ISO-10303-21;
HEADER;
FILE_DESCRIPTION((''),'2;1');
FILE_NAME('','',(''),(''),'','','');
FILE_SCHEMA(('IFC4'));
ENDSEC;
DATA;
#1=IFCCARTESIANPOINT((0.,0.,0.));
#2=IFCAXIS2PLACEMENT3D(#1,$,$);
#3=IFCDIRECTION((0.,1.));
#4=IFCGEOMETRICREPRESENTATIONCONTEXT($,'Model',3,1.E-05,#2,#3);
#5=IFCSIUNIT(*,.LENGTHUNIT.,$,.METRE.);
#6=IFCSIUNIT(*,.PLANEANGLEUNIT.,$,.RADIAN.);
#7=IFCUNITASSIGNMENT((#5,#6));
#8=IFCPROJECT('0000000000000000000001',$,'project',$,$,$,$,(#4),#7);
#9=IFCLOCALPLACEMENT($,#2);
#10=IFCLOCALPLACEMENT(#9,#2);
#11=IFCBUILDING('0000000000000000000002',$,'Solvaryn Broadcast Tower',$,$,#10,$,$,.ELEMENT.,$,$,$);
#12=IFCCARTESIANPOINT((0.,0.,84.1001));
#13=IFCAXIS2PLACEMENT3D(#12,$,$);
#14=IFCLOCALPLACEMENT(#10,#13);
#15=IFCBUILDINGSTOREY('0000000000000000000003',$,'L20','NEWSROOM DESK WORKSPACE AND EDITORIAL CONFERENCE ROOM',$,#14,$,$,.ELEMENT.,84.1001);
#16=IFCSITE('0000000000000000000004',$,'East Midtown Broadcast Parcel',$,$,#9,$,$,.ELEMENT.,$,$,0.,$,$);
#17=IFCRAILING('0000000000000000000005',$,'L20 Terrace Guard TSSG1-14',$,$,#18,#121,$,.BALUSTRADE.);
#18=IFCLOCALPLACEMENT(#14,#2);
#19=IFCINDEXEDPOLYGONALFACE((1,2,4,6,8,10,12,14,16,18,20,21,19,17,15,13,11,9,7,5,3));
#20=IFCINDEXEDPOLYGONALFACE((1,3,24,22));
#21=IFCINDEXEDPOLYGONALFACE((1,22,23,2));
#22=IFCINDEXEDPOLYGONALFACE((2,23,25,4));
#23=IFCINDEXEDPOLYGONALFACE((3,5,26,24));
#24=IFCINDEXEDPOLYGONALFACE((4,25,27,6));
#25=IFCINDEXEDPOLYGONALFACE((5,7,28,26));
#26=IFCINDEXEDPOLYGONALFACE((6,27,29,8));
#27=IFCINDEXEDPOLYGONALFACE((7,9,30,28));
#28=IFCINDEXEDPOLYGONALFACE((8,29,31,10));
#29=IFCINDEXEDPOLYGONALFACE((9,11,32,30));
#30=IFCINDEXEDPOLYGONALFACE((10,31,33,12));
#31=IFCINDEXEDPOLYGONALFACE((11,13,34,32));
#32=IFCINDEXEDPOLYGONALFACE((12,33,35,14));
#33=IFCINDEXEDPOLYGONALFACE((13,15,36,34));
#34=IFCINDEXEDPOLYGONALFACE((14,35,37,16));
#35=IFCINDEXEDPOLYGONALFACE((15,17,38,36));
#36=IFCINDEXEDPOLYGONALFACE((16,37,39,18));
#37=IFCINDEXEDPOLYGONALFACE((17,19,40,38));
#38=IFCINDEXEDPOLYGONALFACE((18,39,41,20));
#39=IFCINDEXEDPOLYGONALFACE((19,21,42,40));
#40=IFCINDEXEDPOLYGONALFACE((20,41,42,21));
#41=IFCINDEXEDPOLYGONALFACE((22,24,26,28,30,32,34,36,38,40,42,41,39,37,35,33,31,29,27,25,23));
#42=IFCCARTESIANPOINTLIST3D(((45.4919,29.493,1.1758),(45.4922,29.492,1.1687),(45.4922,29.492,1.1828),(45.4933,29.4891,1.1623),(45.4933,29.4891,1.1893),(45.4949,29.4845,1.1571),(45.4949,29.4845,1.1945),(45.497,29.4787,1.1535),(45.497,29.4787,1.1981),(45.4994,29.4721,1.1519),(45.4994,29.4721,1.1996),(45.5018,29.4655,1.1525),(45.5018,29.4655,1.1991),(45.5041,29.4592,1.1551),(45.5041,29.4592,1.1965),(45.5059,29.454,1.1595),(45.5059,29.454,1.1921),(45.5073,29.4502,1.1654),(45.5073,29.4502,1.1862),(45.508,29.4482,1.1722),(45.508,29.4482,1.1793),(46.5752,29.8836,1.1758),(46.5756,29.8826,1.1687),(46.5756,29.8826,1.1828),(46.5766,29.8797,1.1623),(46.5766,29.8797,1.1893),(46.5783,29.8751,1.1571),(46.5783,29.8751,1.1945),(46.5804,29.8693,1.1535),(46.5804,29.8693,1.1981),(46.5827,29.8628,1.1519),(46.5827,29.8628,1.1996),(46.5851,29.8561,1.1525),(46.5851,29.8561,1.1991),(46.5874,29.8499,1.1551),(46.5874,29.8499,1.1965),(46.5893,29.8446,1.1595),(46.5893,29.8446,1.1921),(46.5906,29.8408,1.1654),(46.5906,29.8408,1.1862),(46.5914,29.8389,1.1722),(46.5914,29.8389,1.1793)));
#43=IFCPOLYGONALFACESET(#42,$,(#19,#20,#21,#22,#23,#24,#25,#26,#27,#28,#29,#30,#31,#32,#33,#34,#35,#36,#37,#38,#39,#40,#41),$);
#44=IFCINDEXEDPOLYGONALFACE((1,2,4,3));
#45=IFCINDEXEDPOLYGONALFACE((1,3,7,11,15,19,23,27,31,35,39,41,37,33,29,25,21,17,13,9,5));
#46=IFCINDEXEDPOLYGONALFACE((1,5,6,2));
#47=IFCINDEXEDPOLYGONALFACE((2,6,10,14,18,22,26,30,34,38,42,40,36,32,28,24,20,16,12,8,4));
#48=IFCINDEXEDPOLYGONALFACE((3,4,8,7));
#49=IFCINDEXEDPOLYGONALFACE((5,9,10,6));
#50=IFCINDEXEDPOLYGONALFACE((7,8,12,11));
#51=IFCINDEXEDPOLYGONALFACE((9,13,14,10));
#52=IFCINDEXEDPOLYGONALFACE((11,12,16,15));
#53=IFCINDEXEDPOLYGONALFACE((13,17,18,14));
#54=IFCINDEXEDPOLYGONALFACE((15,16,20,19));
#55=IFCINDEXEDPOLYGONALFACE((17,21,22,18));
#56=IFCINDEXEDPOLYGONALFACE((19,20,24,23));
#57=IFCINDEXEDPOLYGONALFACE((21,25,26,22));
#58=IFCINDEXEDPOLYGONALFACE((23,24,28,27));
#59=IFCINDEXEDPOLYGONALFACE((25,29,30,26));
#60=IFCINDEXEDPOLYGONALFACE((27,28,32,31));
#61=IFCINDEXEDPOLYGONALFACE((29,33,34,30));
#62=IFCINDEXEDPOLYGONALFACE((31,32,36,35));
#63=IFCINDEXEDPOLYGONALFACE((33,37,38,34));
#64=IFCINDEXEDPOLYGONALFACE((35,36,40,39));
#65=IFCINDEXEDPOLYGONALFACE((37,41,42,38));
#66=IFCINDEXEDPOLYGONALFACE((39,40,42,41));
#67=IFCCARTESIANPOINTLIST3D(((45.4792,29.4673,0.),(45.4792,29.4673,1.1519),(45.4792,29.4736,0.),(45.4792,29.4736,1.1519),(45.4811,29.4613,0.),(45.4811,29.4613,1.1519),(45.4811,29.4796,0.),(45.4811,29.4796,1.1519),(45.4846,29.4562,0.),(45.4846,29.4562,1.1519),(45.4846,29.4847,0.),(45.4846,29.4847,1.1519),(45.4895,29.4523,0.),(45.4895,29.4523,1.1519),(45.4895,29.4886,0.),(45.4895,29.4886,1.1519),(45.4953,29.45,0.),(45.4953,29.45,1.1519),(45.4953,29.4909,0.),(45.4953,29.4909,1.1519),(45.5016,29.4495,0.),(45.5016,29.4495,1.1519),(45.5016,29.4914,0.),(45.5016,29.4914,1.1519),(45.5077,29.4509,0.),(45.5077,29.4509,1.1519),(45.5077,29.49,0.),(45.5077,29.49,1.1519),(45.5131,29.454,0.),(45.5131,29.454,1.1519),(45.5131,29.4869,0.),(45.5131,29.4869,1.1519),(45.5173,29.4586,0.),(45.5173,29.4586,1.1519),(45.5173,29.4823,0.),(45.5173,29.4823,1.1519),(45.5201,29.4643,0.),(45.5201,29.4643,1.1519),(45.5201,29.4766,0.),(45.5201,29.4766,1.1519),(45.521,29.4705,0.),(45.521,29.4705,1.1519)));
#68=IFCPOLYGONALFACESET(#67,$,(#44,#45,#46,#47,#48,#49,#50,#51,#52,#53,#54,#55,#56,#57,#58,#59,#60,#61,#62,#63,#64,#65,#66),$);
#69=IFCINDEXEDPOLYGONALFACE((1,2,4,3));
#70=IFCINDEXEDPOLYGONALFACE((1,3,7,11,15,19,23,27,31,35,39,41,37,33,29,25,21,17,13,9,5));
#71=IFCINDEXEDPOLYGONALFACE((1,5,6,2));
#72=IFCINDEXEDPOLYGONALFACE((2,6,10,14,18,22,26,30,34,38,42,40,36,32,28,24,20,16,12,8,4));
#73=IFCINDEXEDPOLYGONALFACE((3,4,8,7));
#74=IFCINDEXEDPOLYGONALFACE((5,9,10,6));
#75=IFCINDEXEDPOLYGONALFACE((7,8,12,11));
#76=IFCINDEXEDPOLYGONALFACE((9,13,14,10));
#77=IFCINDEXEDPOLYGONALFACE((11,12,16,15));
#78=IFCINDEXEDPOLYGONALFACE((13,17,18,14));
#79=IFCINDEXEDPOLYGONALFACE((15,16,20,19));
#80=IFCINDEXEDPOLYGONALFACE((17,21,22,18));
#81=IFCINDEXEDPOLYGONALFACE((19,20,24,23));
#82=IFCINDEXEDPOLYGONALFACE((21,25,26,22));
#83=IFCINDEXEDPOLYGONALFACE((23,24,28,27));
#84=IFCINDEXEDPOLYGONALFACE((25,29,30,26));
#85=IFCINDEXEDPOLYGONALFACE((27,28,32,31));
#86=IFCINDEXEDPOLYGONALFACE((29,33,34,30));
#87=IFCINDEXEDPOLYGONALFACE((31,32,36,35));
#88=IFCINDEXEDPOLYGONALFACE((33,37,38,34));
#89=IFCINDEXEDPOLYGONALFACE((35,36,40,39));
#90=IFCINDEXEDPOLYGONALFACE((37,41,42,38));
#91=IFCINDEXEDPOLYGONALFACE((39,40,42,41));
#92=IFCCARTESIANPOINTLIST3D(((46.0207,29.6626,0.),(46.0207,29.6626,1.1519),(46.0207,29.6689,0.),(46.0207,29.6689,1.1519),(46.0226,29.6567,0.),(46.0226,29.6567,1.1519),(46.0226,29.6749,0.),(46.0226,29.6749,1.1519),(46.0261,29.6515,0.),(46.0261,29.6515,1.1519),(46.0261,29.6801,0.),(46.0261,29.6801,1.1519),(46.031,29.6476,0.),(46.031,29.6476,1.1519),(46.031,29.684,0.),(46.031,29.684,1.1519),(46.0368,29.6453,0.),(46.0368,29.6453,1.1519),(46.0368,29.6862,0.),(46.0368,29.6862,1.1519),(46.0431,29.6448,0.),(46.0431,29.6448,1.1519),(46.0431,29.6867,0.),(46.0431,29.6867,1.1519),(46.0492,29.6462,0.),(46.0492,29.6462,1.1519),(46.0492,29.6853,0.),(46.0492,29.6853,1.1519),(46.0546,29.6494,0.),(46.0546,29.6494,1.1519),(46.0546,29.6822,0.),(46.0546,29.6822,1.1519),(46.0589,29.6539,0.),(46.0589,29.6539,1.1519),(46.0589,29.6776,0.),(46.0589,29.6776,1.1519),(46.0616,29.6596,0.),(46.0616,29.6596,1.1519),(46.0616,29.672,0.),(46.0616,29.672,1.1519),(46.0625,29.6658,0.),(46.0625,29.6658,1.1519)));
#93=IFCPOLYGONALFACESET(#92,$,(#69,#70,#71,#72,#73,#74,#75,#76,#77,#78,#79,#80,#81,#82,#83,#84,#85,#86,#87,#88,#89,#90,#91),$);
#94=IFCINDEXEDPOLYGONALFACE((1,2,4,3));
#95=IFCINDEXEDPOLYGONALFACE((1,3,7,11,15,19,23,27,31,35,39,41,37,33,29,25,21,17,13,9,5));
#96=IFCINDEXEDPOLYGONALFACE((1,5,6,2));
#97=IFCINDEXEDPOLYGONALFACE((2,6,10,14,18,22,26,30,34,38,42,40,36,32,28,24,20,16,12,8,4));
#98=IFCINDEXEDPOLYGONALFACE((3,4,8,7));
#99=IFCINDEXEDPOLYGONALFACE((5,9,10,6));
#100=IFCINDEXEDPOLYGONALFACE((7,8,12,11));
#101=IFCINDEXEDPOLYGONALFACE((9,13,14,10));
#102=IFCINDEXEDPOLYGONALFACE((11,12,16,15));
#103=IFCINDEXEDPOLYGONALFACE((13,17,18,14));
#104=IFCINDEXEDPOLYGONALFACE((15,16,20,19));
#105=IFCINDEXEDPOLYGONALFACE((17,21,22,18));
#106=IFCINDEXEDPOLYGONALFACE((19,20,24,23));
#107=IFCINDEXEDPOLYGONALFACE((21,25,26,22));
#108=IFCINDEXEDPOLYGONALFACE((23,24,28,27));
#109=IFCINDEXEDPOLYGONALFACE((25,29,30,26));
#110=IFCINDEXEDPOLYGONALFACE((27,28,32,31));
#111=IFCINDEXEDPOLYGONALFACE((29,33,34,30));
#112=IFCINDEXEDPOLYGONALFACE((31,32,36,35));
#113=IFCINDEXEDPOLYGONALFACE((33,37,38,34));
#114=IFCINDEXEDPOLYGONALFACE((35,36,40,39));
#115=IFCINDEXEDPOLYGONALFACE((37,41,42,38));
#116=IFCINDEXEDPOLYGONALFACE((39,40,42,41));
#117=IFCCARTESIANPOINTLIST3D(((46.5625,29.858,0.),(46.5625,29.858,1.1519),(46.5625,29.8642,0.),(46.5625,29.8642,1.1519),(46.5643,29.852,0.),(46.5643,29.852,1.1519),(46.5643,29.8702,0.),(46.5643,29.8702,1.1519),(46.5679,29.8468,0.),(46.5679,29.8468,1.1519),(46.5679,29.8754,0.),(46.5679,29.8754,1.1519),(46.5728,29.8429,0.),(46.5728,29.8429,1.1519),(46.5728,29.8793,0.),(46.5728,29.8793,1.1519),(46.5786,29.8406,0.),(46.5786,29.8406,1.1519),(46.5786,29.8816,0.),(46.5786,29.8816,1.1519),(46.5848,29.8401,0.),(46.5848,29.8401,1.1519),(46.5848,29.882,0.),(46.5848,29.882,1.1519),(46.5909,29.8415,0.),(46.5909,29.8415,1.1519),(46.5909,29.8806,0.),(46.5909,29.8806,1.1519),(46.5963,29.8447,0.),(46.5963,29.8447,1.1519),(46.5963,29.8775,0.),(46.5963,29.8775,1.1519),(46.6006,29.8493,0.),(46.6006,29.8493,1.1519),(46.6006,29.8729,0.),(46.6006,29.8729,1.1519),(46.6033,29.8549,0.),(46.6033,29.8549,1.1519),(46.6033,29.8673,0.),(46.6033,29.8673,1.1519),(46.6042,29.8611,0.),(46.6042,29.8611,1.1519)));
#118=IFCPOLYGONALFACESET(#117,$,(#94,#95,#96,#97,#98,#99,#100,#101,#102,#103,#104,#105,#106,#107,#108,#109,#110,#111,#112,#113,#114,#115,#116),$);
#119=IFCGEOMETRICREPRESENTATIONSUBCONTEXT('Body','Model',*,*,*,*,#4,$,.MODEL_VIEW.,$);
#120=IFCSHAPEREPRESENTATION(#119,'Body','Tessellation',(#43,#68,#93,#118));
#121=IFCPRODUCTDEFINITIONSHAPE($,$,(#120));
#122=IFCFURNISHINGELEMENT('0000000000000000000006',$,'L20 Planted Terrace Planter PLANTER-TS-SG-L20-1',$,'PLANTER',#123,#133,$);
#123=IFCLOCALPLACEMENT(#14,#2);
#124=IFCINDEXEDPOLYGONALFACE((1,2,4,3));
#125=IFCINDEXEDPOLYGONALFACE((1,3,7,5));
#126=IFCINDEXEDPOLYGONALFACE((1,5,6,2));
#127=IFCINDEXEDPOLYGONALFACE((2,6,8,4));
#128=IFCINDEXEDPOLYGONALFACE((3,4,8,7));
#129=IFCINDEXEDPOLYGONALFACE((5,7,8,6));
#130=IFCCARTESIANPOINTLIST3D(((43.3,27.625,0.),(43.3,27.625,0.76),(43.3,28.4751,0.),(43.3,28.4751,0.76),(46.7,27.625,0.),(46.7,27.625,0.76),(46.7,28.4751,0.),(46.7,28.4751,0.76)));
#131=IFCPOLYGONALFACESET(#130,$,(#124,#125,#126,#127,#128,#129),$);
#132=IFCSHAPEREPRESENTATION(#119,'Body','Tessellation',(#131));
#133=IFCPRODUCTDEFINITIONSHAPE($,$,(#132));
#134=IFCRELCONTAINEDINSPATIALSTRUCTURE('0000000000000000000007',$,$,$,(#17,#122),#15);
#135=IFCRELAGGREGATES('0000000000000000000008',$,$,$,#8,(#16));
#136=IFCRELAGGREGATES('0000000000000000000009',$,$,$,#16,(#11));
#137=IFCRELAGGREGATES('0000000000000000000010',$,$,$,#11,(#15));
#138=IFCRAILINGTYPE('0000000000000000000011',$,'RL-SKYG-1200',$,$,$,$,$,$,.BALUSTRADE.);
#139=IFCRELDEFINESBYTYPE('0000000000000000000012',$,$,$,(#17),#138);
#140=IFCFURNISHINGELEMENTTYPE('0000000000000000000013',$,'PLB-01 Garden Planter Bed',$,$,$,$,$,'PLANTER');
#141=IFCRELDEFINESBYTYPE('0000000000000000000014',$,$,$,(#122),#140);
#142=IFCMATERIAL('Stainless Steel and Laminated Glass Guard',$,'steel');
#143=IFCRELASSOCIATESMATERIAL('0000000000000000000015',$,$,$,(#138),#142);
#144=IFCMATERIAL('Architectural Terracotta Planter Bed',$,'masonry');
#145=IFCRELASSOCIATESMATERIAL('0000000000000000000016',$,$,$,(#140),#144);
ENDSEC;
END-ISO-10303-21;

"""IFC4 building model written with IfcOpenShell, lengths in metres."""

from ifc_helpers import new_model, si_unit, direction, frame, origin, origin_2d, place, context, subcontext, project, spatial, rectangle, circle, extrude, material, type_object, element, save


model = new_model("IFC4")

# Units and contexts
model_context = context("Model", 3, precision=1e-05, world=origin(), true_north=direction((0.0, 1.0)))
body_context = subcontext(model_context, "Body", "Model", "MODEL_VIEW")
ifc_project = project(units=[si_unit("LENGTHUNIT", "METRE"), si_unit("PLANEANGLEUNIT", "RADIAN")], contexts=[model_context])

# Site, building, storey
site_placement = place(None, origin())
site = spatial("IfcSite", under=ifc_project, at=site_placement, Name="East Midtown Broadcast Parcel", CompositionType="ELEMENT", RefElevation=0.0)
building_placement = place(site_placement, origin())
building = spatial("IfcBuilding", under=site, at=building_placement, Name="Solvaryn Broadcast Tower", CompositionType="ELEMENT")
storey_placement = place(building_placement, frame((0.0, 0.0, 84.1001)))
storey = spatial("IfcBuildingStorey", under=building, at=storey_placement, Name="L20", Description="NEWSROOM DESK WORKSPACE AND EDITORIAL CONFERENCE ROOM", CompositionType="ELEMENT", Elevation=84.1001)

# Railing
ifc_material_1 = material(Name="Stainless Steel and Laminated Glass Guard", Category="steel")
railing_type = type_object("IfcRailingType", Name="RL-SKYG-1200", PredefinedType="BALUSTRADE", material=ifc_material_1)
railing_1_placement = place(storey_placement, frame((45.5, 29.4705, 0.0)))
element("IfcRailing", 1, at=railing_1_placement, inside=storey, type_object=railing_type, Name="L20 Terrace Guard TSSG1-14", PredefinedType="BALUSTRADE", context=body_context, shape_type="SweptSolid", body=[
    extrude(circle(Radius=0.0239, at=origin_2d()), frame((0.0, 0.0, 1.1758), z_axis=(0.940706, 0.339222, 0.0), x_axis=(-0.339222, 0.940706, 0.0)), (0.0, 0.0, 1.0), 1.1516),
    extrude(circle(Radius=0.021, at=origin_2d()), origin(), (0.0, 0.0, 1.0), 1.1519),
    extrude(circle(Radius=0.021, at=origin_2d()), frame((0.5415, 0.1953, 0.0)), (0.0, 0.0, 1.0), 1.1519),
    extrude(circle(Radius=0.021, at=origin_2d()), frame((1.0833, 0.3906, 0.0)), (0.0, 0.0, 1.0), 1.1519),
])

# Furnishing element
ifc_material_2 = material(Name="Architectural Terracotta Planter Bed", Category="masonry")
furnishing_element_type = type_object("IfcFurnishingElementType", Name="PLB-01 Garden Planter Bed", ElementType="PLANTER", material=ifc_material_2)
furnishing_placement = place(storey_placement, frame((45.0, 28.05, 0.0), z_axis=(0.0, 0.0, 1.0), x_axis=(1.0, 0.0, 0.0)))
element("IfcFurnishingElement", 2, at=furnishing_placement, inside=storey, type_object=furnishing_element_type, Name="L20 Planted Terrace Planter PLANTER-TS-SG-L20-1", ObjectType="PLANTER", context=body_context, shape_type="SweptSolid", body=[
    extrude(rectangle(XDim=3.3999, YDim=0.8501, at=origin_2d()), origin(), (0.0, 0.0, 1.0), 0.76),
])

save(model, "model.ifc")
